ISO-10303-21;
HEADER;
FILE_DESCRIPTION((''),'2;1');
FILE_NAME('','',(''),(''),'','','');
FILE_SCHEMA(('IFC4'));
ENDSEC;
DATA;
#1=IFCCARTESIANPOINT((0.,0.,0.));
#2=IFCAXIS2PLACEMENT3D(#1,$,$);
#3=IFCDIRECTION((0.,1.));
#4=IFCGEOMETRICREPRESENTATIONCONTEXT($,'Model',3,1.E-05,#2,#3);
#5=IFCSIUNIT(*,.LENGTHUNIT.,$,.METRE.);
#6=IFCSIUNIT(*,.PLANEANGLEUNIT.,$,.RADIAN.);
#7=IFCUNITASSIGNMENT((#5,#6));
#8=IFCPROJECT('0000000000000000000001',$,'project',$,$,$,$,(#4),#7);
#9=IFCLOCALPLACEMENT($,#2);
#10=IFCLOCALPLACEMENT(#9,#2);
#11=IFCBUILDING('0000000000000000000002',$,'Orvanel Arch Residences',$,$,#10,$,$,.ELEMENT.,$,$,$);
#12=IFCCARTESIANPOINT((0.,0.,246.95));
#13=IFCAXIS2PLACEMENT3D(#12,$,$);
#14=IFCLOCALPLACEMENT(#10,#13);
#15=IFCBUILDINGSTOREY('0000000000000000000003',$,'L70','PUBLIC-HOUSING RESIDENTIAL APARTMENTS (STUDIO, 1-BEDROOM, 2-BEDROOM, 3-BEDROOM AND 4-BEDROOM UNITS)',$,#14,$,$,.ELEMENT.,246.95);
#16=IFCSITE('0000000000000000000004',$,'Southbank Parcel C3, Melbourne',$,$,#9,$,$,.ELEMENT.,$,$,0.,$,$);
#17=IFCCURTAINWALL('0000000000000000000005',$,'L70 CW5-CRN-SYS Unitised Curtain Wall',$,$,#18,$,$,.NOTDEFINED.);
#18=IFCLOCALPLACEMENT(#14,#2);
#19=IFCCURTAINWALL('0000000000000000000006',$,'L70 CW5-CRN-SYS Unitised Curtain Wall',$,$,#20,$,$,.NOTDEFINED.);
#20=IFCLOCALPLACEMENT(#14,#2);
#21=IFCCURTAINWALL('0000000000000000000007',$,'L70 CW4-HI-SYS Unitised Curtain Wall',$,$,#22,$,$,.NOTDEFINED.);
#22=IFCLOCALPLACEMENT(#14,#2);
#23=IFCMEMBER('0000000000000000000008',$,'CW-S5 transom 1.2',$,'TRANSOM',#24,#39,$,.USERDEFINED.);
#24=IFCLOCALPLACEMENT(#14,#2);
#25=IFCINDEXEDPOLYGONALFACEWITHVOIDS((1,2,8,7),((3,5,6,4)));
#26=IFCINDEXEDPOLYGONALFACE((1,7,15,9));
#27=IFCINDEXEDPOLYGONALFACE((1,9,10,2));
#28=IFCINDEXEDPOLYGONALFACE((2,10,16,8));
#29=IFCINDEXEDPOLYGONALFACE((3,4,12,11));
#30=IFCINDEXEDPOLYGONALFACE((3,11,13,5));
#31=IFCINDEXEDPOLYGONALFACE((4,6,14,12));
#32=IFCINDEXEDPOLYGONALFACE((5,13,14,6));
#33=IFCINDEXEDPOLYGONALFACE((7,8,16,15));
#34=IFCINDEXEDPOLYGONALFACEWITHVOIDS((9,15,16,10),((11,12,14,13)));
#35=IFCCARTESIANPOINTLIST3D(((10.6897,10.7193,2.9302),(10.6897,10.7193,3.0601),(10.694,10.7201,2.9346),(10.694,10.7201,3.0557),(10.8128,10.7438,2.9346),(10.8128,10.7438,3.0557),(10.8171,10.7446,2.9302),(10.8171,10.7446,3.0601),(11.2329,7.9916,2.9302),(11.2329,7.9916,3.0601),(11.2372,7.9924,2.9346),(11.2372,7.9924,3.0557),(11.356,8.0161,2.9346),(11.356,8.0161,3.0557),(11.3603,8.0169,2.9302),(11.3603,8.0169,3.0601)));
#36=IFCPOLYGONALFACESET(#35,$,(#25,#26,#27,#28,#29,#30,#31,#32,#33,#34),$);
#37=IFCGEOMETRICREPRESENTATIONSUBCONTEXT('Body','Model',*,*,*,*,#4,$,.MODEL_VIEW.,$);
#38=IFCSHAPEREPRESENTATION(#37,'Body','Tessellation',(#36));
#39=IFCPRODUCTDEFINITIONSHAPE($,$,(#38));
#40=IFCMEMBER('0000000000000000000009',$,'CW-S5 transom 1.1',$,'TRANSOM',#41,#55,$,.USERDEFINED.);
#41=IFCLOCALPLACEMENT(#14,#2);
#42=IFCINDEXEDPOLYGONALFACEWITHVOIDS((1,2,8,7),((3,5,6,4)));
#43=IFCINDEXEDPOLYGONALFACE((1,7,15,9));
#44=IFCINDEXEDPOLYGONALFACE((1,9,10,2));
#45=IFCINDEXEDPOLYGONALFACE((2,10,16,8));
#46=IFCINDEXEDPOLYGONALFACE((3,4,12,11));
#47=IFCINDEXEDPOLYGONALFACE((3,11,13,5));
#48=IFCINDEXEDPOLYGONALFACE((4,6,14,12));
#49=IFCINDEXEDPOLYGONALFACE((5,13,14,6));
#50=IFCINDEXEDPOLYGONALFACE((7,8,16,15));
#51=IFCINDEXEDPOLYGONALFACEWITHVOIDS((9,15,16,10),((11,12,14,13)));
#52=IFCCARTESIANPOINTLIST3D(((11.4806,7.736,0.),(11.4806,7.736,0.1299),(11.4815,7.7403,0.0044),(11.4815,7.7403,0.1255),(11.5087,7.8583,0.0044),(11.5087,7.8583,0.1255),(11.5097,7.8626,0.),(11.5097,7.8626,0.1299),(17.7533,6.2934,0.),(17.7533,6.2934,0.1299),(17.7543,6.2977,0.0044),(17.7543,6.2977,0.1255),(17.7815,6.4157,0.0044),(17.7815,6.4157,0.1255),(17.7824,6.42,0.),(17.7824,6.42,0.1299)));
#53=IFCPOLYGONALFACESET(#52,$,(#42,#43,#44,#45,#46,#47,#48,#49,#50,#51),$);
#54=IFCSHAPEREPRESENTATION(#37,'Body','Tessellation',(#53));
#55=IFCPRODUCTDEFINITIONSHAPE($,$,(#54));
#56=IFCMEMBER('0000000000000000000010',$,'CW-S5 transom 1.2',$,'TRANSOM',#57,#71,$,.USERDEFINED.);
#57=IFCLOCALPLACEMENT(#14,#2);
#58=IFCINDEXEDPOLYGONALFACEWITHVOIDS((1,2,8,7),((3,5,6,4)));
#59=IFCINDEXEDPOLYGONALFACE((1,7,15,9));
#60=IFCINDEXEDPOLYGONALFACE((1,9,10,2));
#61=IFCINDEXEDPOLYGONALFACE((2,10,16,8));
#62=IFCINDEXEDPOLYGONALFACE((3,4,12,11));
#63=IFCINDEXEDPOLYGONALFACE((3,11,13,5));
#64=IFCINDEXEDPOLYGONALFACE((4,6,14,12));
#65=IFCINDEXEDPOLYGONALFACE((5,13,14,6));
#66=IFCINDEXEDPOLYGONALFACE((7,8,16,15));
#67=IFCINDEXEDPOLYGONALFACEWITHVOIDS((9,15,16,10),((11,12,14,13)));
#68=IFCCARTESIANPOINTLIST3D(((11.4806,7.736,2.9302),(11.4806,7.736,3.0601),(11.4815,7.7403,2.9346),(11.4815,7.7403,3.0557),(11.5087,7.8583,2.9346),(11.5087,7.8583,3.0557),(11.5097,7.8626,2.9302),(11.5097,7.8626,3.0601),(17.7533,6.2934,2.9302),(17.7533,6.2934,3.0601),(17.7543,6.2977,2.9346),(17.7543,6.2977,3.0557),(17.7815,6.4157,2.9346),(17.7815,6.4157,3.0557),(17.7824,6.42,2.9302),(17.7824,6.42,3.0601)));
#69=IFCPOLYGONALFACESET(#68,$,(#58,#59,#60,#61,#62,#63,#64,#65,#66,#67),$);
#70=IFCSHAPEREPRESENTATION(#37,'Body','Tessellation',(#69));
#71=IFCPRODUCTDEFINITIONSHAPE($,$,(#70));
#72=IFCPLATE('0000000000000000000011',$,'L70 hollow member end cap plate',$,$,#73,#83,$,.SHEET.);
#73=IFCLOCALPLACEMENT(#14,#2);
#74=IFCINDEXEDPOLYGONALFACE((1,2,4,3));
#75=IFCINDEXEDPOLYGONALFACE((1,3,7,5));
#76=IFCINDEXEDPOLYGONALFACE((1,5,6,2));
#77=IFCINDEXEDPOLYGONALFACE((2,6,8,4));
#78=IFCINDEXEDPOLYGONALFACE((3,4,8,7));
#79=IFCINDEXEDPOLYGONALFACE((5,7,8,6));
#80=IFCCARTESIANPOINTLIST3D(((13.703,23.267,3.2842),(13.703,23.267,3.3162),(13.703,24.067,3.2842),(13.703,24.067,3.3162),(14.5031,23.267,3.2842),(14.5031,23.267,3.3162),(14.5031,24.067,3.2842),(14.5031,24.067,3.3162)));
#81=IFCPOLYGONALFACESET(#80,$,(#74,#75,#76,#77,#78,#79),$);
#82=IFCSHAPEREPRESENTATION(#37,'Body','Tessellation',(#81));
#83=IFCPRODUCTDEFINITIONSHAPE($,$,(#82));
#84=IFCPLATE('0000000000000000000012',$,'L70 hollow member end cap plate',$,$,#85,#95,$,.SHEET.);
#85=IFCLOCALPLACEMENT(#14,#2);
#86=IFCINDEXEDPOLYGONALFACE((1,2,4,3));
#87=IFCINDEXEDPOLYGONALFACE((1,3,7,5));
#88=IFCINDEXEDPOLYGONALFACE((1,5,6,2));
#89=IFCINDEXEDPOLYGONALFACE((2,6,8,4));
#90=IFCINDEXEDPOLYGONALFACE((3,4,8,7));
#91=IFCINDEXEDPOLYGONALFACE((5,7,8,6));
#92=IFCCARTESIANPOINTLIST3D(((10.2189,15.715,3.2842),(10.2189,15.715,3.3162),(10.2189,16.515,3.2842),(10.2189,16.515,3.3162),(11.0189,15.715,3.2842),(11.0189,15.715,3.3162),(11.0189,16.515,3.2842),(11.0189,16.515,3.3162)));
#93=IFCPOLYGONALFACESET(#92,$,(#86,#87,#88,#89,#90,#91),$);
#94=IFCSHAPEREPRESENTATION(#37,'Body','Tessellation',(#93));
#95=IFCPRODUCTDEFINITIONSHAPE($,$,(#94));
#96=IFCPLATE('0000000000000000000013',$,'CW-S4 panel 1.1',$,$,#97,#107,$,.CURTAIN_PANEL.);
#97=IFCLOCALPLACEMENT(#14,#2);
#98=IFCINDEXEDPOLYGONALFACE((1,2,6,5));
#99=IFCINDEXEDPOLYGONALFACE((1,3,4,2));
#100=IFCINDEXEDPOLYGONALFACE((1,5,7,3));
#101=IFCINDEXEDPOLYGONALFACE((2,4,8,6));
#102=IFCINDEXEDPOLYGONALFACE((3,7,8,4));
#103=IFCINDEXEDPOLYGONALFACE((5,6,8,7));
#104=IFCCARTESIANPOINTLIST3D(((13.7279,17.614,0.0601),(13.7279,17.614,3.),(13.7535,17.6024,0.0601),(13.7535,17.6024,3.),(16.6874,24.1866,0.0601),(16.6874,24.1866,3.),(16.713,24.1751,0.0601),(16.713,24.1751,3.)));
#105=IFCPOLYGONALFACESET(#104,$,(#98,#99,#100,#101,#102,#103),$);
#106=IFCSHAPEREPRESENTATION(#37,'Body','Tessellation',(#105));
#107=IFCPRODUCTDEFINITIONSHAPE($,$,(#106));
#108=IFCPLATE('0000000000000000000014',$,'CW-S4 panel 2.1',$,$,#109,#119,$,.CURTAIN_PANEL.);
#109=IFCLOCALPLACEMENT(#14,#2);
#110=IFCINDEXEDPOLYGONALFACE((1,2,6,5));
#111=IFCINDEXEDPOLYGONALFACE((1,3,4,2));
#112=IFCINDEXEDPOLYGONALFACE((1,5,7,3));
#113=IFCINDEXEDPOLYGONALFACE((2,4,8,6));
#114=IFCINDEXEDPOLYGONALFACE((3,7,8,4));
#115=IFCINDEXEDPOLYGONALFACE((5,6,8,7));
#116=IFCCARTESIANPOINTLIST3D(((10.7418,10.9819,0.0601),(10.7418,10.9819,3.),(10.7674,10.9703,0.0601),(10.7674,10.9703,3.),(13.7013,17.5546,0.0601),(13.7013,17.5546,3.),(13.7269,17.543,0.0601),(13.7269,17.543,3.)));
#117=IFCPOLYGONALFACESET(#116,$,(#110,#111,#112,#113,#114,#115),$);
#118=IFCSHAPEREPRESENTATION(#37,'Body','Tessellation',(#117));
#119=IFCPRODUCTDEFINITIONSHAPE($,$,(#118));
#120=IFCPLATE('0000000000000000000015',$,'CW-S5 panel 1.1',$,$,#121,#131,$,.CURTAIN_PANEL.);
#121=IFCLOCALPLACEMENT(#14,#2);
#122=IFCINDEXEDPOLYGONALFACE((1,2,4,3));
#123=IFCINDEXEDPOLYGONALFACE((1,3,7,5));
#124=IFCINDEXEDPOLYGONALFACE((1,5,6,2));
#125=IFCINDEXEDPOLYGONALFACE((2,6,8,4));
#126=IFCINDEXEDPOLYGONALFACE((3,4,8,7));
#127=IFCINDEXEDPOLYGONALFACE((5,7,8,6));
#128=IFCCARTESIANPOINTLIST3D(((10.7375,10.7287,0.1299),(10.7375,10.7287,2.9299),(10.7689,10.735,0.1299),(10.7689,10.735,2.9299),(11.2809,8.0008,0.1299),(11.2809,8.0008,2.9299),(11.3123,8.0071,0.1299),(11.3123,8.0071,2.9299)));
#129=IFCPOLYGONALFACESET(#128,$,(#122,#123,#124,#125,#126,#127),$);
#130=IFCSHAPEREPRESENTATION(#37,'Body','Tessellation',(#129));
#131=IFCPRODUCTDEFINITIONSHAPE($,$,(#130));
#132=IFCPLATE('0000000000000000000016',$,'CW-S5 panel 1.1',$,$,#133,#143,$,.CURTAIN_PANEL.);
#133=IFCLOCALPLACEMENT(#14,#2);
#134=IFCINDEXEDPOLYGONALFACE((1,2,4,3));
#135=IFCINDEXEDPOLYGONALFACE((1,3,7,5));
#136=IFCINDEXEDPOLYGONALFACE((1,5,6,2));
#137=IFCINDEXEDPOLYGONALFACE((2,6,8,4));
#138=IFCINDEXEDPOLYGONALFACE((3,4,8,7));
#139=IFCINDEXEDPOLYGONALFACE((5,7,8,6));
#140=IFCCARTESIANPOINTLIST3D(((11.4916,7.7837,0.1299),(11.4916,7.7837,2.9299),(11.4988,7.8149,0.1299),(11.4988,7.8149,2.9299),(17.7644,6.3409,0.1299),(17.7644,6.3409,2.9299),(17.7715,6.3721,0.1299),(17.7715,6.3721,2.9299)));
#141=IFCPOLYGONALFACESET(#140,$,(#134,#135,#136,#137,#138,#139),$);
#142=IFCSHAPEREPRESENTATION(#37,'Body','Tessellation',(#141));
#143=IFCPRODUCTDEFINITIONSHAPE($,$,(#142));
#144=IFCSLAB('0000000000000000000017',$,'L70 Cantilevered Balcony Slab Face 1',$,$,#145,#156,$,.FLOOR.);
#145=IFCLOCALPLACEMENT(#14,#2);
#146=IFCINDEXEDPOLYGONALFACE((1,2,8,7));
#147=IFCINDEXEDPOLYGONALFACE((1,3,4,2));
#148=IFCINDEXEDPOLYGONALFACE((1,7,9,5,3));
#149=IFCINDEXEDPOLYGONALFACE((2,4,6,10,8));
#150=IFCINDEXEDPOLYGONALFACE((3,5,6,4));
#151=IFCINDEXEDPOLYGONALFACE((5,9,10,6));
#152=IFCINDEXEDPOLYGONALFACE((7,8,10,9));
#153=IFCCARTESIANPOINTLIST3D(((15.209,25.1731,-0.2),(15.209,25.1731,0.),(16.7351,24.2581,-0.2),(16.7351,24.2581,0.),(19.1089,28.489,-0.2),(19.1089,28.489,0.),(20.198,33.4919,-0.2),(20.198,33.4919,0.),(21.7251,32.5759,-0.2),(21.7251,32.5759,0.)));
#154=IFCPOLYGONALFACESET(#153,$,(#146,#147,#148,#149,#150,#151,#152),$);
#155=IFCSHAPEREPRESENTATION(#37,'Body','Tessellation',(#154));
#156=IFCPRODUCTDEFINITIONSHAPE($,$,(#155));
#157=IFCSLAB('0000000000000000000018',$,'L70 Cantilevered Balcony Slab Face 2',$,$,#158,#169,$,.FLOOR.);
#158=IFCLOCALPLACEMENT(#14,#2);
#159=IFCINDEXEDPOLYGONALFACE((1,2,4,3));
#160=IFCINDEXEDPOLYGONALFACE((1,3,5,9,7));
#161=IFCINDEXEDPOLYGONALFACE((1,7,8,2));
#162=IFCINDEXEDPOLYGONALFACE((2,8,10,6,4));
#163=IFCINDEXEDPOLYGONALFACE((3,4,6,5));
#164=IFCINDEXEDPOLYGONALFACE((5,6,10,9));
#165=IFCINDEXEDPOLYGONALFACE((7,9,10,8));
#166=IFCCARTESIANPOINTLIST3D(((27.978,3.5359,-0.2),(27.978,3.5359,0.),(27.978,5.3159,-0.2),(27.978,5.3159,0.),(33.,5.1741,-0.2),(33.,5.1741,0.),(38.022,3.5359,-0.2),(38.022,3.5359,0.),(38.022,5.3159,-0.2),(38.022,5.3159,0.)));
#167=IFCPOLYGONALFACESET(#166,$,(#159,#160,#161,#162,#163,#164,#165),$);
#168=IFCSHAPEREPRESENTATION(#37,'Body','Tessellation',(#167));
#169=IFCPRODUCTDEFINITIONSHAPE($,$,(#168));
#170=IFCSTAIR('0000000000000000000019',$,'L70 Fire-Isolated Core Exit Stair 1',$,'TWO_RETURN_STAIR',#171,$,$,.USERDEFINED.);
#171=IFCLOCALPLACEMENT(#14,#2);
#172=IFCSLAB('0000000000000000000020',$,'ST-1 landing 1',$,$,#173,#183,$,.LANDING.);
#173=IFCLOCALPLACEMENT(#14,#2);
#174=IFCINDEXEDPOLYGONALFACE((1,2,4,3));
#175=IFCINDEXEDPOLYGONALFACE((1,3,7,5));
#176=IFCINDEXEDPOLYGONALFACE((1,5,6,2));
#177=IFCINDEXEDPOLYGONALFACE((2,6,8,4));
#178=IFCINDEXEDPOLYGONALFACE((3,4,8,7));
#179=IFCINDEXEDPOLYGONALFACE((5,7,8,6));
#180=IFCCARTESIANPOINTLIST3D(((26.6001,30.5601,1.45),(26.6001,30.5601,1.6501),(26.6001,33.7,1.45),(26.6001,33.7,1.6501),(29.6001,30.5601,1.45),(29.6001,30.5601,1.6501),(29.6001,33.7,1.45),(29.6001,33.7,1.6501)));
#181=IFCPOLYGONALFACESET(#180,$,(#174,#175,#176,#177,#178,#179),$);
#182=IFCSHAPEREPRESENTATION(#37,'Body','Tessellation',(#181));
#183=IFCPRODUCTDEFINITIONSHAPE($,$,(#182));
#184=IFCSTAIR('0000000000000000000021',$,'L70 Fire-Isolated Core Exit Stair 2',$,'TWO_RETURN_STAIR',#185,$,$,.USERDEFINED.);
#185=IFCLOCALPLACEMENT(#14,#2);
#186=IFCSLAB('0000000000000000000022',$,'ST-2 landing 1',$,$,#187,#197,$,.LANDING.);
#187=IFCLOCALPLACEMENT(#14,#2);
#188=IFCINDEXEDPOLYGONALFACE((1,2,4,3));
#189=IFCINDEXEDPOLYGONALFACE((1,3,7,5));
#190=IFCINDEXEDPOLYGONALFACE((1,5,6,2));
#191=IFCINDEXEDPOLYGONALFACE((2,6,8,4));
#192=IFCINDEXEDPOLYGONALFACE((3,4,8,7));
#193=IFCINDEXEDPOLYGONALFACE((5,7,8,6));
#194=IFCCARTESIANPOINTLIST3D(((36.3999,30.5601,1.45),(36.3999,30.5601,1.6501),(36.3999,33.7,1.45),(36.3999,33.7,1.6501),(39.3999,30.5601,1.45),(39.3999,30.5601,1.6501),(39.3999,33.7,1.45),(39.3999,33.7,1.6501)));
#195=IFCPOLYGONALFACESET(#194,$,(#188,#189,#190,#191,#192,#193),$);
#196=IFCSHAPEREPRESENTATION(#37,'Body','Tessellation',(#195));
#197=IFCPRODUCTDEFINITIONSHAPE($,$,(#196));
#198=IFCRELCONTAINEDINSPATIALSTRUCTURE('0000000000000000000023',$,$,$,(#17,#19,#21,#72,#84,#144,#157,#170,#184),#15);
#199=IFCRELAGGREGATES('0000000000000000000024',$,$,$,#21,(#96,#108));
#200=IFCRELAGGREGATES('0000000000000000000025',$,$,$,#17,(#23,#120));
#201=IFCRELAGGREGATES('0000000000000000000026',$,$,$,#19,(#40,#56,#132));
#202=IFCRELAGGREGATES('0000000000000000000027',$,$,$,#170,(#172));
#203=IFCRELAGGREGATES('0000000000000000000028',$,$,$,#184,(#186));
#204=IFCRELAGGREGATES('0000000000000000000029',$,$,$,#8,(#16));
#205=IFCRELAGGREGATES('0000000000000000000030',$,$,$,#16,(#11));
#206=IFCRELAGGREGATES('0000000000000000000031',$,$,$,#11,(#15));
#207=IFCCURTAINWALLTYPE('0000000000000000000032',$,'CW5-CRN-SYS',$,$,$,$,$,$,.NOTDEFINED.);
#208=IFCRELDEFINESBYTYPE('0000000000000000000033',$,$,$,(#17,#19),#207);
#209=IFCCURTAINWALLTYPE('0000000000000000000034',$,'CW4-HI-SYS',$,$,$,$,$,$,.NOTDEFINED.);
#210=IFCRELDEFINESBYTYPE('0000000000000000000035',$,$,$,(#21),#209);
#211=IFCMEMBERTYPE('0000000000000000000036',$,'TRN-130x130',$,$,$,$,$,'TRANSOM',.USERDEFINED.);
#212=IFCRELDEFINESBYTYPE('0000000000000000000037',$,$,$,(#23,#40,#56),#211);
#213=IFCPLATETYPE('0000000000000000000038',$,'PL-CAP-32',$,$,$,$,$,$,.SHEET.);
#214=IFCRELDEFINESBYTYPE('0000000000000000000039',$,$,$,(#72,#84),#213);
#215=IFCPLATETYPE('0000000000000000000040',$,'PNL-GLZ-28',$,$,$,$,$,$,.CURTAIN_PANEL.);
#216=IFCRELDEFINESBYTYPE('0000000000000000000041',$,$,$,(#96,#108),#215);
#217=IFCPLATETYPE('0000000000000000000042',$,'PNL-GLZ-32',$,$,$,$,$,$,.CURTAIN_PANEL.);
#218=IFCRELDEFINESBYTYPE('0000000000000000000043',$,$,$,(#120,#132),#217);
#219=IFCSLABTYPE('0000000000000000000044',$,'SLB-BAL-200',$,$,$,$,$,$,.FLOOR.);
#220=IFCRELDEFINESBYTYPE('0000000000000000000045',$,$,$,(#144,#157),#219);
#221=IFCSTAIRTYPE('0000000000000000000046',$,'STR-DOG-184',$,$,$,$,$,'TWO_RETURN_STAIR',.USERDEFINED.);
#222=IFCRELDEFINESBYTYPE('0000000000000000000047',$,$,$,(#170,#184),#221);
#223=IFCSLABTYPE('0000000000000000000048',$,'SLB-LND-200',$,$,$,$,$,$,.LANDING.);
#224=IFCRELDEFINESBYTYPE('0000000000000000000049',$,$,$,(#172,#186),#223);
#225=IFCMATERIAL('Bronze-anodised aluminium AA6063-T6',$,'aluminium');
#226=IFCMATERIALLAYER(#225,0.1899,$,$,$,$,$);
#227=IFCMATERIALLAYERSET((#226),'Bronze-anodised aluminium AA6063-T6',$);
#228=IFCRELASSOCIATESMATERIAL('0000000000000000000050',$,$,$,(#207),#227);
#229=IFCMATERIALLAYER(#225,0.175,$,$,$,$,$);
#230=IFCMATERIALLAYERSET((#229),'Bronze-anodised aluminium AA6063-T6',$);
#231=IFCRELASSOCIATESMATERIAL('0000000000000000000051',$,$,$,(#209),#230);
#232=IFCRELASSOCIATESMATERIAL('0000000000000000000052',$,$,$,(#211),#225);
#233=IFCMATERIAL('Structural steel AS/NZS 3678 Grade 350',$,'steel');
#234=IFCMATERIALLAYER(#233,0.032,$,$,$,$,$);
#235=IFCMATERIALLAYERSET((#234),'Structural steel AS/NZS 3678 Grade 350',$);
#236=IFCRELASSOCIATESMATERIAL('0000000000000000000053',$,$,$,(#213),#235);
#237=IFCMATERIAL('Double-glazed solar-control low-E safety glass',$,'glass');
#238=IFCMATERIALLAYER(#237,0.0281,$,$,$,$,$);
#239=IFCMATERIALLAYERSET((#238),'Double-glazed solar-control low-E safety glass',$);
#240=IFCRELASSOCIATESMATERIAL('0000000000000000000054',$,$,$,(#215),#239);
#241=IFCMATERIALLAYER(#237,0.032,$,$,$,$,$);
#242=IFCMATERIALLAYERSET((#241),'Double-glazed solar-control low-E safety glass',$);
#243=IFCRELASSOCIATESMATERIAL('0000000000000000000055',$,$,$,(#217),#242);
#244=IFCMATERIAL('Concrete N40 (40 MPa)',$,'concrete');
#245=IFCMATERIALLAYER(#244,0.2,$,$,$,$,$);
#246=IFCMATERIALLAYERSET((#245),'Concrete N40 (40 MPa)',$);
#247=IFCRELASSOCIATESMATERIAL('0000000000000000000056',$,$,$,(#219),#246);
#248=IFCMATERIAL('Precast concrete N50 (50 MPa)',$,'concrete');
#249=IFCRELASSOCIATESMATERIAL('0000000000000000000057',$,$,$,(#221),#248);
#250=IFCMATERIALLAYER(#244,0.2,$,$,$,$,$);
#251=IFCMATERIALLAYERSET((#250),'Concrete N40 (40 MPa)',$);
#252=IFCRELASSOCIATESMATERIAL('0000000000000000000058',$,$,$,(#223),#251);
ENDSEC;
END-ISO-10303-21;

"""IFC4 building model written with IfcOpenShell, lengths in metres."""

from ifc_helpers import new_model, si_unit, direction, frame, origin, origin_2d, place, context, subcontext, project, spatial, polyline, rectangle, hollow_rectangle, outline, extrude, material, layer, layer_set, material_profile, profile_set, type_object, element, aggregate, save


model = new_model("IFC4")

# Units and contexts
model_context = context("Model", 3, precision=1e-05, world=origin(), true_north=direction((0.0, 1.0)))
body_context = subcontext(model_context, "Body", "Model", "MODEL_VIEW")
ifc_project = project(units=[si_unit("LENGTHUNIT", "METRE"), si_unit("PLANEANGLEUNIT", "RADIAN")], contexts=[model_context])

# Site, building, storey
site_placement = place(None, origin())
site = spatial("IfcSite", under=ifc_project, at=site_placement, Name="Southbank Parcel C3, Melbourne", CompositionType="ELEMENT", RefElevation=0.0)
building_placement = place(site_placement, origin())
building = spatial("IfcBuilding", under=site, at=building_placement, Name="Orvanel Arch Residences", CompositionType="ELEMENT")
storey_placement = place(building_placement, frame((0.0, 0.0, 246.95)))
storey = spatial("IfcBuildingStorey", under=building, at=storey_placement, Name="L70", Description="PUBLIC-HOUSING RESIDENTIAL APARTMENTS (STUDIO, 1-BEDROOM, 2-BEDROOM, 3-BEDROOM AND 4-BEDROOM UNITS)", CompositionType="ELEMENT", Elevation=246.95)

# Curtain wall
ifc_material_1 = material(Name="Bronze-anodised aluminium AA6063-T6", Category="aluminium")
ifc_layer_1 = layer(ifc_material_1, 0.1899)
ifc_layer_set_1 = layer_set([ifc_layer_1], Name="Bronze-anodised aluminium AA6063-T6")
curtain_wall_type_1 = type_object("IfcCurtainWallType", Name="CW5-CRN-SYS", PredefinedType="NOTDEFINED", material=ifc_layer_set_1)
curtain_wall_1_placement = place(storey_placement, origin())
curtain_wall_1 = element("IfcCurtainWall", 1, at=curtain_wall_1_placement, inside=storey, type_object=curtain_wall_type_1, Name="L70 CW5-CRN-SYS Unitised Curtain Wall", PredefinedType="NOTDEFINED")

# Curtain wall
curtain_wall_2_placement = place(storey_placement, origin())
curtain_wall_2 = element("IfcCurtainWall", 2, at=curtain_wall_2_placement, inside=storey, type_object=curtain_wall_type_1, Name="L70 CW5-CRN-SYS Unitised Curtain Wall", PredefinedType="NOTDEFINED")

# Curtain wall
ifc_layer_2 = layer(ifc_material_1, 0.175)
ifc_layer_set_2 = layer_set([ifc_layer_2], Name="Bronze-anodised aluminium AA6063-T6")
curtain_wall_type_2 = type_object("IfcCurtainWallType", Name="CW4-HI-SYS", PredefinedType="NOTDEFINED", material=ifc_layer_set_2)
curtain_wall_3_placement = place(storey_placement, origin())
curtain_wall_3 = element("IfcCurtainWall", 3, at=curtain_wall_3_placement, inside=storey, type_object=curtain_wall_type_2, Name="L70 CW4-HI-SYS Unitised Curtain Wall", PredefinedType="NOTDEFINED")

# Members
ifc_material_profile_1 = material_profile(ifc_material_1, hollow_rectangle(XDim=0.1299, YDim=0.1299, WallThickness=0.0044, at=origin_2d()), Name="ALU130x130x4.5")
ifc_profile_set_1 = profile_set([ifc_material_profile_1], Name="Bronze-anodised aluminium AA6063-T6")
member_type_1 = type_object("IfcMemberType", Name="TRN-130x130", ElementType="TRANSOM", PredefinedType="USERDEFINED", material=ifc_profile_set_1)
member_1_placement = place(storey_placement, frame((10.7534, 10.7319, 2.9951), z_axis=(0.195306, -0.980742, 0.0), x_axis=(0.980742, 0.195306, 0.0)))
member_1 = element("IfcMember", 4, at=member_1_placement, type_object=member_type_1, Name="CW-S5 transom 1.2", ObjectType="TRANSOM", PredefinedType="USERDEFINED", context=body_context, shape_type="SweptSolid", body=[
    extrude(hollow_rectangle(XDim=0.1299, YDim=0.1299, WallThickness=0.0044, at=origin_2d()), origin(), (0.0, 0.0, 1.0), 2.7812),
])
member_2_placement = place(storey_placement, frame((11.4951, 7.7993, 0.0649), z_axis=(0.974558, -0.224134, 0.0), x_axis=(0.224134, 0.974558, 0.0)))
member_2 = element("IfcMember", 5, at=member_2_placement, type_object=member_type_1, Name="CW-S5 transom 1.1", ObjectType="TRANSOM", PredefinedType="USERDEFINED", context=body_context, shape_type="SweptSolid", body=[
    extrude(hollow_rectangle(XDim=0.1299, YDim=0.1299, WallThickness=0.0044, at=origin_2d()), origin(), (0.0, 0.0, 1.0), 6.4365),
])
member_3_placement = place(storey_placement, frame((11.4951, 7.7993, 2.9951), z_axis=(0.974558, -0.224134, 0.0), x_axis=(0.224134, 0.974558, 0.0)))
member_3 = element("IfcMember", 6, at=member_3_placement, type_object=member_type_1, Name="CW-S5 transom 1.2", ObjectType="TRANSOM", PredefinedType="USERDEFINED", context=body_context, shape_type="SweptSolid", body=[
    extrude(hollow_rectangle(XDim=0.1299, YDim=0.1299, WallThickness=0.0044, at=origin_2d()), origin(), (0.0, 0.0, 1.0), 6.4365),
])

# Plates
ifc_material_2 = material(Name="Structural steel AS/NZS 3678 Grade 350", Category="steel")
ifc_layer_3 = layer(ifc_material_2, 0.032)
ifc_layer_set_3 = layer_set([ifc_layer_3], Name="Structural steel AS/NZS 3678 Grade 350")
plate_type_1 = type_object("IfcPlateType", Name="PL-CAP-32", PredefinedType="SHEET", material=ifc_layer_set_3)
for number, where, z_axis, x_axis, name in (
    (7, (14.103, 23.667, 3.2842), (0.0, 0.0, 1.0), (1.0, 0.0, 0.0), "L70 hollow member end cap plate"),
    (8, (10.6189, 16.115, 3.2842), (0.0, 0.0, 1.0), (1.0, 0.0, 0.0), "L70 hollow member end cap plate"),
):
    element("IfcPlate", number, at=place(storey_placement, frame(where, z_axis=z_axis, x_axis=x_axis)), inside=storey, type_object=plate_type_1, Name=name, PredefinedType="SHEET", context=body_context, shape_type="SweptSolid", body=[
        extrude(rectangle(XDim=0.8, YDim=0.8, at=origin_2d()), origin(), (0.0, 0.0, 1.0), 0.032),
    ])

# Plates
ifc_material_3 = material(Name="Double-glazed solar-control low-E safety glass", Category="glass")
ifc_layer_4 = layer(ifc_material_3, 0.0281)
ifc_layer_set_4 = layer_set([ifc_layer_4], Name="Double-glazed solar-control low-E safety glass")
plate_type_2 = type_object("IfcPlateType", Name="PNL-GLZ-28", PredefinedType="CURTAIN_PANEL", material=ifc_layer_set_4)
plate_1_placement = place(storey_placement, frame((15.2205, 20.8945, 0.0601), z_axis=(0.0, 0.0, 1.0), x_axis=(-0.410572, -0.911828, 0.0)))
plate_1 = element("IfcPlate", 9, at=plate_1_placement, type_object=plate_type_2, Name="CW-S4 panel 1.1", PredefinedType="CURTAIN_PANEL", context=body_context, shape_type="SweptSolid", body=[
    extrude(rectangle(XDim=7.2083, YDim=0.0281, at=origin_2d()), origin(), (0.0, 0.0, 1.0), 2.9399),
])
plate_2_placement = place(storey_placement, frame((12.2344, 14.2625, 0.0601), z_axis=(0.0, 0.0, 1.0), x_axis=(-0.410572, -0.911828, 0.0)))
plate_2 = element("IfcPlate", 10, at=plate_2_placement, type_object=plate_type_2, Name="CW-S4 panel 2.1", PredefinedType="CURTAIN_PANEL", context=body_context, shape_type="SweptSolid", body=[
    extrude(rectangle(XDim=7.2083, YDim=0.0281, at=origin_2d()), origin(), (0.0, 0.0, 1.0), 2.9399),
])
aggregate(curtain_wall_3, [plate_1, plate_2])
ifc_layer_5 = layer(ifc_material_3, 0.032)
ifc_layer_set_5 = layer_set([ifc_layer_5], Name="Double-glazed solar-control low-E safety glass")
plate_type_3 = type_object("IfcPlateType", Name="PNL-GLZ-32", PredefinedType="CURTAIN_PANEL", material=ifc_layer_set_5)
plate_3_placement = place(storey_placement, frame((11.0249, 9.3679, 0.1299), z_axis=(0.0, 0.0, 1.0), x_axis=(0.195367, -0.98073, 0.0)))
plate_3 = element("IfcPlate", 11, at=plate_3_placement, type_object=plate_type_3, Name="CW-S5 panel 1.1", PredefinedType="CURTAIN_PANEL", context=body_context, shape_type="SweptSolid", body=[
    extrude(rectangle(XDim=2.7815, YDim=0.032, at=origin_2d()), origin(), (0.0, 0.0, 1.0), 2.8),
])
aggregate(curtain_wall_1, [member_1, plate_3])
plate_4_placement = place(storey_placement, frame((14.6316, 7.0779, 0.1299), z_axis=(0.0, 0.0, 1.0), x_axis=(0.974554, -0.224155, 0.0)))
plate_4 = element("IfcPlate", 12, at=plate_4_placement, type_object=plate_type_3, Name="CW-S5 panel 1.1", PredefinedType="CURTAIN_PANEL", context=body_context, shape_type="SweptSolid", body=[
    extrude(rectangle(XDim=6.4365, YDim=0.032, at=origin_2d()), origin(), (0.0, 0.0, 1.0), 2.8),
])
aggregate(curtain_wall_2, [member_2, member_3, plate_4])

# Slabs
ifc_material_4 = material(Name="Concrete N40 (40 MPa)", Category="concrete")
ifc_layer_6 = layer(ifc_material_4, 0.2)
ifc_layer_set_6 = layer_set([ifc_layer_6], Name="Concrete N40 (40 MPa)")
slab_type_1 = type_object("IfcSlabType", Name="SLB-BAL-200", PredefinedType="FLOOR", material=ifc_layer_set_6)
slab_1_placement = place(storey_placement, frame((0.0, 0.0, -0.2)))
element("IfcSlab", 13, at=slab_1_placement, inside=storey, type_object=slab_type_1, Name="L70 Cantilevered Balcony Slab Face 1", PredefinedType="FLOOR", context=body_context, shape_type="SweptSolid", body=[
    extrude(outline(polyline([(20.198, 33.4919), (15.209, 25.1731), (16.7351, 24.2581), (19.1089, 28.489), (21.7251, 32.5759), (20.198, 33.4919)])), origin(), (0.0, 0.0, 1.0), 0.2),
])
slab_2_placement = place(storey_placement, frame((0.0, 0.0, -0.2)))
element("IfcSlab", 14, at=slab_2_placement, inside=storey, type_object=slab_type_1, Name="L70 Cantilevered Balcony Slab Face 2", PredefinedType="FLOOR", context=body_context, shape_type="SweptSolid", body=[
    extrude(outline(polyline([(27.978, 3.5359), (38.022, 3.5359), (38.022, 5.3159), (33.0, 5.1741), (27.978, 5.3159), (27.978, 3.5359)])), origin(), (0.0, 0.0, 1.0), 0.2),
])

# Stairs, slabs
ifc_material_5 = material(Name="Precast concrete N50 (50 MPa)", Category="concrete")
stair_type = type_object("IfcStairType", Name="STR-DOG-184", ElementType="TWO_RETURN_STAIR", PredefinedType="USERDEFINED", material=ifc_material_5)
stair_1_placement = place(storey_placement, origin())
stair_1 = element("IfcStair", 15, at=stair_1_placement, inside=storey, type_object=stair_type, Name="L70 Fire-Isolated Core Exit Stair 1", ObjectType="TWO_RETURN_STAIR", PredefinedType="USERDEFINED")
ifc_layer_7 = layer(ifc_material_4, 0.2)
ifc_layer_set_7 = layer_set([ifc_layer_7], Name="Concrete N40 (40 MPa)")
slab_type_2 = type_object("IfcSlabType", Name="SLB-LND-200", PredefinedType="LANDING", material=ifc_layer_set_7)
slab_3_placement = place(storey_placement, frame((0.0, 0.0, 1.45)))
slab_3 = element("IfcSlab", 16, at=slab_3_placement, type_object=slab_type_2, Name="ST-1 landing 1", PredefinedType="LANDING", context=body_context, shape_type="SweptSolid", body=[
    extrude(outline(polyline([(29.6001, 30.5601), (29.6001, 33.7), (26.6001, 33.7), (26.6001, 30.5601), (29.6001, 30.5601)])), origin(), (0.0, 0.0, 1.0), 0.2002),
])
aggregate(stair_1, [slab_3])
stair_2_placement = place(storey_placement, origin())
stair_2 = element("IfcStair", 17, at=stair_2_placement, inside=storey, type_object=stair_type, Name="L70 Fire-Isolated Core Exit Stair 2", ObjectType="TWO_RETURN_STAIR", PredefinedType="USERDEFINED")
slab_4_placement = place(storey_placement, frame((0.0, 0.0, 1.45)))
slab_4 = element("IfcSlab", 18, at=slab_4_placement, type_object=slab_type_2, Name="ST-2 landing 1", PredefinedType="LANDING", context=body_context, shape_type="SweptSolid", body=[
    extrude(outline(polyline([(39.3999, 30.5601), (39.3999, 33.7), (36.3999, 33.7), (36.3999, 30.5601), (39.3999, 30.5601)])), origin(), (0.0, 0.0, 1.0), 0.2002),
])
aggregate(stair_2, [slab_4])

save(model, "model.ifc")
